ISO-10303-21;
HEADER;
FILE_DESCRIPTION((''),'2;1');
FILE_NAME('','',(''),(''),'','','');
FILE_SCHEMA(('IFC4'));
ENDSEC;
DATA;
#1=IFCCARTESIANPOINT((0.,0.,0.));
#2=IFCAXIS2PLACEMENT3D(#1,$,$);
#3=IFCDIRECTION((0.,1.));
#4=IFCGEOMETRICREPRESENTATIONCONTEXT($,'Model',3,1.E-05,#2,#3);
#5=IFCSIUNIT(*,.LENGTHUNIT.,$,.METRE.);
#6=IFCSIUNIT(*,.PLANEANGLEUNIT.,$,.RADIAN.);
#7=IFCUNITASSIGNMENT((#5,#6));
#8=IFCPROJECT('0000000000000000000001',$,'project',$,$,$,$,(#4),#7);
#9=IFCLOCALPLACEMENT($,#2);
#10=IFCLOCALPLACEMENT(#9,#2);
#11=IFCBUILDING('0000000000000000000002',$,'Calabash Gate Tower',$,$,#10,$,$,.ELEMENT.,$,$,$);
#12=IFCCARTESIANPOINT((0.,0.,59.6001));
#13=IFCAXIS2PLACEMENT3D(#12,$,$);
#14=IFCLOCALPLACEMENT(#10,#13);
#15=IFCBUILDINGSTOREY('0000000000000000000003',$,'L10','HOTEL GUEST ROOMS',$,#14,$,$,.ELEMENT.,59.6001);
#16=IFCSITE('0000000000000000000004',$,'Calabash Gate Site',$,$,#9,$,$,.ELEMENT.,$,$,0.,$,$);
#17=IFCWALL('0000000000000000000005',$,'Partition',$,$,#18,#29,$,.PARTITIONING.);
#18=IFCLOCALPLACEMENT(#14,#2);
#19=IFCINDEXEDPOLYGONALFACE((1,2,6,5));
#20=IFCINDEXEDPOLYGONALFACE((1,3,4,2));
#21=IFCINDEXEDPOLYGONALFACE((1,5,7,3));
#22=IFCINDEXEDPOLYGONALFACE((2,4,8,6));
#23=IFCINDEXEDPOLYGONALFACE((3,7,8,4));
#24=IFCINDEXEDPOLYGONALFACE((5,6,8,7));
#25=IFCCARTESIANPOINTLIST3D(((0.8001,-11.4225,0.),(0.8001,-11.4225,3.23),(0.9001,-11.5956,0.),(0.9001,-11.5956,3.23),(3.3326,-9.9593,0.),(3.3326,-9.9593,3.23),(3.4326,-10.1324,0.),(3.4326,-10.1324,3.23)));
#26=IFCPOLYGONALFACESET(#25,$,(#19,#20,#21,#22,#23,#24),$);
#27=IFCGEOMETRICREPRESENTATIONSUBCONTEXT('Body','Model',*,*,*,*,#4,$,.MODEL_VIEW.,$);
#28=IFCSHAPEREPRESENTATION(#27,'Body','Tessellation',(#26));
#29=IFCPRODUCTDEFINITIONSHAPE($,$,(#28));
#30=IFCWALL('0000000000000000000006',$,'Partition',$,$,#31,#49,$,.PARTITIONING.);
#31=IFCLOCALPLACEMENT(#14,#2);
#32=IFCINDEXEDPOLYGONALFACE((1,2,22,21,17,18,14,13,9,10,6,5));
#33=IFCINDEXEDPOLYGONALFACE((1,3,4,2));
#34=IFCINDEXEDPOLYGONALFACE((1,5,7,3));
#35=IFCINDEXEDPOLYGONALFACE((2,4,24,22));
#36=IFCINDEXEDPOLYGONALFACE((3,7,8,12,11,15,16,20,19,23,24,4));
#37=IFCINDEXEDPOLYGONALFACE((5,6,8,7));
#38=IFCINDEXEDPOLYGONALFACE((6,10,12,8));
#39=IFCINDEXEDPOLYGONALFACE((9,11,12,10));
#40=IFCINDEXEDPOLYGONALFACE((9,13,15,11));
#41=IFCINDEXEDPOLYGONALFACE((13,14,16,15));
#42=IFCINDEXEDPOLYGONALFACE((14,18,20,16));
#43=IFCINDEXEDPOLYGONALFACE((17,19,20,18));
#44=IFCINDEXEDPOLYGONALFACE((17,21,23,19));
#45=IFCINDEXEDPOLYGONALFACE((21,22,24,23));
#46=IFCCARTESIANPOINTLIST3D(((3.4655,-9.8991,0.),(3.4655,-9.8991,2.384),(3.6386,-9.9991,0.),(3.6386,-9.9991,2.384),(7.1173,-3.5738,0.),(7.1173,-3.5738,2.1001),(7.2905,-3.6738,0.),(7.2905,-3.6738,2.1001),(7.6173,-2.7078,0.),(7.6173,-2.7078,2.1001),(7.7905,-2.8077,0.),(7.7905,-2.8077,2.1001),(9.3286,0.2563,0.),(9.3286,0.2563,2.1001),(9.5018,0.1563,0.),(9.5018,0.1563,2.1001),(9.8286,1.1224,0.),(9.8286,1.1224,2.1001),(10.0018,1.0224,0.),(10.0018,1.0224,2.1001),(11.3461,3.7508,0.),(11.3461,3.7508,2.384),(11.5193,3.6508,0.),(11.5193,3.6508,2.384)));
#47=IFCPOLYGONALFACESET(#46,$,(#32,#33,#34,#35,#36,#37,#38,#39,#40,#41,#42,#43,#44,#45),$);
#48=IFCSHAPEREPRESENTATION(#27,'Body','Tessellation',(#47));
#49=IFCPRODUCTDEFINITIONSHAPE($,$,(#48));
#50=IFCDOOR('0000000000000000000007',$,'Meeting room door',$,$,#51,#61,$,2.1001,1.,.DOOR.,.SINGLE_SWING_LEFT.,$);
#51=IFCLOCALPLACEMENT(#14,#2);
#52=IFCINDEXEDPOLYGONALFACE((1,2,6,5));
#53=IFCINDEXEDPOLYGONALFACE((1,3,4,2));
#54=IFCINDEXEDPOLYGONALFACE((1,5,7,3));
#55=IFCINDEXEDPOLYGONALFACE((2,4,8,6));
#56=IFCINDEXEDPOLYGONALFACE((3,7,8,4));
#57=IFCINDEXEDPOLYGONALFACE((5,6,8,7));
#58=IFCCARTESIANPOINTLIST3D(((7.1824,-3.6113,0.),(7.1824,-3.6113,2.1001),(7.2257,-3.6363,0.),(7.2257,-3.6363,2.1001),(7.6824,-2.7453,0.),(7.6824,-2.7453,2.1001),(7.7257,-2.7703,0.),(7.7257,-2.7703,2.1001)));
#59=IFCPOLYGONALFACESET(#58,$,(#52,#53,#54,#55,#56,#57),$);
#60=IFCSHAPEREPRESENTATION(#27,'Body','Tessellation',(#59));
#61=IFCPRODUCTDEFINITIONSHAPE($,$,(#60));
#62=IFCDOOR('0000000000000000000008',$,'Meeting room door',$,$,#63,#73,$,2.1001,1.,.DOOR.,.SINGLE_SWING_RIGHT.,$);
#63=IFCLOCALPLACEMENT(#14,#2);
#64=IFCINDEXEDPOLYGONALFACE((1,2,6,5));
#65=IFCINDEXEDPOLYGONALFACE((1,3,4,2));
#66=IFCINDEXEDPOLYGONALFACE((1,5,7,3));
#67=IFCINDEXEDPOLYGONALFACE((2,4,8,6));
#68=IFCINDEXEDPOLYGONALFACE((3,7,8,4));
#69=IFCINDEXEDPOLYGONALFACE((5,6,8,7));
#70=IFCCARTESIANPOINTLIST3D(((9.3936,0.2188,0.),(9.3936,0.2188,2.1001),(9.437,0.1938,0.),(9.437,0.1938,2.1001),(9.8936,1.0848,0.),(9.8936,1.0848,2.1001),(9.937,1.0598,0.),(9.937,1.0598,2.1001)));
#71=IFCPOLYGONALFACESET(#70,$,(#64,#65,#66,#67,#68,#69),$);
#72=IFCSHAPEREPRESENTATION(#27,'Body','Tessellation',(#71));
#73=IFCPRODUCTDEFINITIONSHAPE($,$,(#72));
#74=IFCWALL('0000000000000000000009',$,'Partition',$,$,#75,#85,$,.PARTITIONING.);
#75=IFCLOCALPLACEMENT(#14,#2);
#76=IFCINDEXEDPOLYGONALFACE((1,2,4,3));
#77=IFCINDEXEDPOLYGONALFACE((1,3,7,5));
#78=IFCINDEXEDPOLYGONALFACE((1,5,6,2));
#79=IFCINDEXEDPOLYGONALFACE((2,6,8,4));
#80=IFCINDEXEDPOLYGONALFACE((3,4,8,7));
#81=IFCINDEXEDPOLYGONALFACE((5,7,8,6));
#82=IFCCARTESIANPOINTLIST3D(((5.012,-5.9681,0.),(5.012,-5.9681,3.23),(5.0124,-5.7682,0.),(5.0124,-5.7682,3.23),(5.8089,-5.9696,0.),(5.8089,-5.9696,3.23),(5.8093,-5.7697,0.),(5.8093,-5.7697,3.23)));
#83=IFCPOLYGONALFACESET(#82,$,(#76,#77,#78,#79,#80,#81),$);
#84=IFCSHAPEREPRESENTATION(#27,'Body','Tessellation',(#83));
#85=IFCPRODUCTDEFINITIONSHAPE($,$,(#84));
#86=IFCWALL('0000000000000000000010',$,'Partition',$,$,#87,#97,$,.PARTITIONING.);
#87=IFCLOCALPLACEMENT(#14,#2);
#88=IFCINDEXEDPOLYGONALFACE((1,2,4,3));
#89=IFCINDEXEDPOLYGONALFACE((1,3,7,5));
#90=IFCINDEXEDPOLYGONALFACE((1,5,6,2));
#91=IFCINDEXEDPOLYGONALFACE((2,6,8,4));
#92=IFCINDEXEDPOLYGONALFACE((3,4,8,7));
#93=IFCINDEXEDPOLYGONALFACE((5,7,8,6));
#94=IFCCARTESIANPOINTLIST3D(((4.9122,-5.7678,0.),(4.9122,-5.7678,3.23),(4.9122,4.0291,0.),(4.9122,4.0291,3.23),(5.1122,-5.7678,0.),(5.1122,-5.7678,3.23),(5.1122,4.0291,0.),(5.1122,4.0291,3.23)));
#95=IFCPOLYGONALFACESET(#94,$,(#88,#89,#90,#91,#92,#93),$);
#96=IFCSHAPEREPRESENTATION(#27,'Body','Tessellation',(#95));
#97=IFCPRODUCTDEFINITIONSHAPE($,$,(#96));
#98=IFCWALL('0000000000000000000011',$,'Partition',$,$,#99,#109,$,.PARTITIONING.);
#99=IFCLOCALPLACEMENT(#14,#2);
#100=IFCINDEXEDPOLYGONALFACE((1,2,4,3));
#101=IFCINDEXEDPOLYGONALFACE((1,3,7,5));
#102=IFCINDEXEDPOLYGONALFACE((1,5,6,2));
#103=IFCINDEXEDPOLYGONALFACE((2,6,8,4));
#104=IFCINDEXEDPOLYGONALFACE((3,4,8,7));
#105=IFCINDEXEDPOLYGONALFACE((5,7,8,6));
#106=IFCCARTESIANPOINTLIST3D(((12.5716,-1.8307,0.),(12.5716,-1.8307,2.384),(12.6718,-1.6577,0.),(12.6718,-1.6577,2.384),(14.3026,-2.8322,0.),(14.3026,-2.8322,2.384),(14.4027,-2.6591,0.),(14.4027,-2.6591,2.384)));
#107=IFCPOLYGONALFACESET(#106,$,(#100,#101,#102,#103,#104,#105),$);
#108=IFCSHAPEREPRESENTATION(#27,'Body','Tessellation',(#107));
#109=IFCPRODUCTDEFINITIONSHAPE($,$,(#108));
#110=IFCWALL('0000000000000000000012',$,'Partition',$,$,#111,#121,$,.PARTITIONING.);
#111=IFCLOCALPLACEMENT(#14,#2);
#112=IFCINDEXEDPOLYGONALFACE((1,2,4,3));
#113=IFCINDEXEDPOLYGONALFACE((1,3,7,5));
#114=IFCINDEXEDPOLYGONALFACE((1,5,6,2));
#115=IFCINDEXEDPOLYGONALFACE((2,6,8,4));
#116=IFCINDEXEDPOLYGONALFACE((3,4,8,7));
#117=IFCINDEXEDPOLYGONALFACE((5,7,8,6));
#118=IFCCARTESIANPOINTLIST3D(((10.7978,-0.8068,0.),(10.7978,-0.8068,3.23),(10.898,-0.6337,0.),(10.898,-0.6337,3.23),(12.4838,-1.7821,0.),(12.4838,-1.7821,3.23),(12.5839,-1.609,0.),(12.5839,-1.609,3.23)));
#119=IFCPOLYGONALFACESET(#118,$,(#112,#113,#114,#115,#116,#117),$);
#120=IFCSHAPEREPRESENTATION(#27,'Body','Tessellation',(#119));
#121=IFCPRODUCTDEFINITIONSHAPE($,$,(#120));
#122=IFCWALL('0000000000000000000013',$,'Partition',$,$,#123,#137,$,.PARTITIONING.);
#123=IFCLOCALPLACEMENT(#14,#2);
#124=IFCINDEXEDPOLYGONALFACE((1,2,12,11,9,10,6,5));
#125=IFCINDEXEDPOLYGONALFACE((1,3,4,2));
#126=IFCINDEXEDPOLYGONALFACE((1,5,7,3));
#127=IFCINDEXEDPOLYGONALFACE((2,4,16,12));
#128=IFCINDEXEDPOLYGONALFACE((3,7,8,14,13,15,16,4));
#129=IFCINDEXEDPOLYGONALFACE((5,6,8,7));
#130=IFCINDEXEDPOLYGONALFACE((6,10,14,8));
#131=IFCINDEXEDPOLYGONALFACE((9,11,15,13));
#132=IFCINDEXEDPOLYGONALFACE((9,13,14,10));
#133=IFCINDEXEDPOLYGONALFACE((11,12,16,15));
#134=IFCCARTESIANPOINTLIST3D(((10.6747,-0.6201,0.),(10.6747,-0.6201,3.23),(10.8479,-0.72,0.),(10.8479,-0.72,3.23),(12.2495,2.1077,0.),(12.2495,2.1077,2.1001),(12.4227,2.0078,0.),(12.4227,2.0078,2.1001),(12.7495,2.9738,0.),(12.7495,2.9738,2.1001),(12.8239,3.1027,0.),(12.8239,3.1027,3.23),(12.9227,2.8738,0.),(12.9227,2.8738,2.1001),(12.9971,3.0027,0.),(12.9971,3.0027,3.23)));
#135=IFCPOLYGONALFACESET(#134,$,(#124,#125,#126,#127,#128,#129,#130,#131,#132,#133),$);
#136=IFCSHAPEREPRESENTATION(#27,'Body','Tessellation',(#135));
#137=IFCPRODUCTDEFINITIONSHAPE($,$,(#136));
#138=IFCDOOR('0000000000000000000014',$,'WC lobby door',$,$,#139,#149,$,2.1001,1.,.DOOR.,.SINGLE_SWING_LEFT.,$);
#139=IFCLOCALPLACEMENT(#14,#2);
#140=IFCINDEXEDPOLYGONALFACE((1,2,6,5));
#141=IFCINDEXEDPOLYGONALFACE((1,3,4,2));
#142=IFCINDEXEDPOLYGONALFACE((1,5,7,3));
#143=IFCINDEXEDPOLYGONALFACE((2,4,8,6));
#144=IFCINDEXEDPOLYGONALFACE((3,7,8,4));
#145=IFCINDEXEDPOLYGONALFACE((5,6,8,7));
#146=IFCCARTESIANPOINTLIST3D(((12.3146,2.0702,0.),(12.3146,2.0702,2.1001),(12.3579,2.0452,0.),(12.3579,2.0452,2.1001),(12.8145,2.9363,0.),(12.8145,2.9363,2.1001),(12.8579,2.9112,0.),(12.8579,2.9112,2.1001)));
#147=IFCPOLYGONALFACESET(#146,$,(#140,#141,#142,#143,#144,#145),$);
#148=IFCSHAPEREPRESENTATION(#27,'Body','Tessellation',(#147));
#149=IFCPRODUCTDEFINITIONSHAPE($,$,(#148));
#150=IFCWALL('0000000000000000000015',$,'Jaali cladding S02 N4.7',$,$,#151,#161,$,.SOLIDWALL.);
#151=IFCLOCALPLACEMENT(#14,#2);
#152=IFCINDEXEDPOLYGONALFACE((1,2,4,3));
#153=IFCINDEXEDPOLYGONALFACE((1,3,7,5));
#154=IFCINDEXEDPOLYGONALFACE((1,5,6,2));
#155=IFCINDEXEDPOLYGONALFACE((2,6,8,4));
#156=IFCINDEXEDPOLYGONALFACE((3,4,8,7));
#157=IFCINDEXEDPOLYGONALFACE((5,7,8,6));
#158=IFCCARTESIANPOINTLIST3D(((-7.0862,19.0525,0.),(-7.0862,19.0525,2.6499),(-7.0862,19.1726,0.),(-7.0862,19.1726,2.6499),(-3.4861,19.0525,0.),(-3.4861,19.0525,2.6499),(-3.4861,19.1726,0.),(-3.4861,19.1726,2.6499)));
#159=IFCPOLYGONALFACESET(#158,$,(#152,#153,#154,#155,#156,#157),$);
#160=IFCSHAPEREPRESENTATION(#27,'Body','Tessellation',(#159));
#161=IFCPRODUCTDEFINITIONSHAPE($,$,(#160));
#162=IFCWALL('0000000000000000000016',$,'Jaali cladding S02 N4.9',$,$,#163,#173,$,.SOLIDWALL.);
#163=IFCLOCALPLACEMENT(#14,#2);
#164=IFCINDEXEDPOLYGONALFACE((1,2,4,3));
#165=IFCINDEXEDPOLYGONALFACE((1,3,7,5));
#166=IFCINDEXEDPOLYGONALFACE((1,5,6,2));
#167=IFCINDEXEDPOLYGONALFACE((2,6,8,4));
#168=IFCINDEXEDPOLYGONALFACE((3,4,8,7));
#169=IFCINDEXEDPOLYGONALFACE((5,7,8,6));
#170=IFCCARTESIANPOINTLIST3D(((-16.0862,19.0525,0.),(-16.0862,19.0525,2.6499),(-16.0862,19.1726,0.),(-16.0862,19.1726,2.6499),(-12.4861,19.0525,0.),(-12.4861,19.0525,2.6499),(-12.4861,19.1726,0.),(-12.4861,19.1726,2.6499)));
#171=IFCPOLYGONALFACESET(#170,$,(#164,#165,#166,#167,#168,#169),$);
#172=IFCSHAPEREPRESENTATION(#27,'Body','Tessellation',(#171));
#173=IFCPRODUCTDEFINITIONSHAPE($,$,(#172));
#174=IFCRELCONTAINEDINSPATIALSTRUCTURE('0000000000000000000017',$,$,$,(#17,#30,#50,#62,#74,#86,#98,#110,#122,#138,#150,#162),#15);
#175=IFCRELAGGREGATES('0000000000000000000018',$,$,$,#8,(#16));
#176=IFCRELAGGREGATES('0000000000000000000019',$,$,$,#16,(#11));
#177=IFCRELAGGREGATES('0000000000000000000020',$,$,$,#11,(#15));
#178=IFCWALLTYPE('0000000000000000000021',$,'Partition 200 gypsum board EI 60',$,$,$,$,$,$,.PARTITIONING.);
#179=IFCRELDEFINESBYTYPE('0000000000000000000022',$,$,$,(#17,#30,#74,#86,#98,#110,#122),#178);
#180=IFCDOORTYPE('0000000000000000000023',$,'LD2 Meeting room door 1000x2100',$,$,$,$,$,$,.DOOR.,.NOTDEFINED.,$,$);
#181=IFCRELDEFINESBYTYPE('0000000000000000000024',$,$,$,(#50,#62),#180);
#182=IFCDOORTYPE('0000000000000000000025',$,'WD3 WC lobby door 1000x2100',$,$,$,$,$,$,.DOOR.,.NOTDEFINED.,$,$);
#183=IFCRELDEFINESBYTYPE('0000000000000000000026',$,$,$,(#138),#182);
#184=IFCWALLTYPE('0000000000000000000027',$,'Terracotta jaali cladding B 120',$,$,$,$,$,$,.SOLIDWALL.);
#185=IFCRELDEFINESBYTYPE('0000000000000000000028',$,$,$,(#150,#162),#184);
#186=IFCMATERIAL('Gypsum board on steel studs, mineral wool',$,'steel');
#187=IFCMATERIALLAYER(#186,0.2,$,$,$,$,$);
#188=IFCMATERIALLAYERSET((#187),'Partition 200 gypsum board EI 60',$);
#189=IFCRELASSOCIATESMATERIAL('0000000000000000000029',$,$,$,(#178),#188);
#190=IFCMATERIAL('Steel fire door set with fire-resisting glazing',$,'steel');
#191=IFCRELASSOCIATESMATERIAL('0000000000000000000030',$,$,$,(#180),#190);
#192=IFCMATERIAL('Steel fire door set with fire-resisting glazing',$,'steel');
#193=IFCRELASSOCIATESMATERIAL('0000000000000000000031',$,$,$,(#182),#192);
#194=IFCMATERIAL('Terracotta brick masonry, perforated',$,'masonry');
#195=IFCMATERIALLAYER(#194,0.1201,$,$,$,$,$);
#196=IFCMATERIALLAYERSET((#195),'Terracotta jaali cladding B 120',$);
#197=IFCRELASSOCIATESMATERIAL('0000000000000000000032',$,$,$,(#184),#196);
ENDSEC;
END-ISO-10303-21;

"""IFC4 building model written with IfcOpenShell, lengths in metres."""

from ifc_helpers import new_model, si_unit, direction, frame, frame_2d, origin, place, context, subcontext, project, spatial, polyline, rectangle, outline, extrude, material, layer, layer_set, type_object, element, fill, save


model = new_model("IFC4")

# Units and contexts
model_context = context("Model", 3, precision=1e-05, world=origin(), true_north=direction((0.0, 1.0)))
body_context = subcontext(model_context, "Body", "Model", "MODEL_VIEW")
ifc_project = project(units=[si_unit("LENGTHUNIT", "METRE"), si_unit("PLANEANGLEUNIT", "RADIAN")], contexts=[model_context])

# Site, building, storey
site_placement = place(None, origin())
site = spatial("IfcSite", under=ifc_project, at=site_placement, Name="Calabash Gate Site", CompositionType="ELEMENT", RefElevation=0.0)
building_placement = place(site_placement, origin())
building = spatial("IfcBuilding", under=site, at=building_placement, Name="Calabash Gate Tower", CompositionType="ELEMENT")
storey_placement = place(building_placement, frame((0.0, 0.0, 59.6001)))
storey = spatial("IfcBuildingStorey", under=building, at=storey_placement, Name="L10", Description="HOTEL GUEST ROOMS", CompositionType="ELEMENT", Elevation=59.6001)

# Wall
ifc_material_1 = material(Name="Gypsum board on steel studs, mineral wool", Category="steel")
ifc_layer_1 = layer(ifc_material_1, 0.2)
ifc_layer_set_1 = layer_set([ifc_layer_1], Name="Partition 200 gypsum board EI 60")
wall_type_1 = type_object("IfcWallType", Name="Partition 200 gypsum board EI 60", PredefinedType="PARTITIONING", material=ifc_layer_set_1)
wall_1_placement = place(storey_placement, frame((0.8501, -11.509, 0.0), z_axis=(0.0, 0.0, 1.0), x_axis=(0.865876, 0.50026, 0.0)))
element("IfcWall", 1, at=wall_1_placement, inside=storey, type_object=wall_type_1, Name="Partition", PredefinedType="PARTITIONING", context=body_context, shape_type="SweptSolid", body=[
    extrude(rectangle(XDim=2.9248, YDim=0.2, at=frame_2d((1.4624, 0.0))), origin(), (0.0, 0.0, 1.0), 3.23),
])

# Wall, openings, doors
wall_2_placement = place(storey_placement, frame((3.552, -9.9492, 0.0), z_axis=(0.0, 0.0, 1.0), x_axis=(0.499992, 0.86603, 0.0)))
wall_2 = element("IfcWall", 2, at=wall_2_placement, inside=storey, type_object=wall_type_1, Name="Partition", PredefinedType="PARTITIONING", context=body_context, shape_type="SweptSolid", body=[
    extrude(rectangle(XDim=15.7615, YDim=0.2, at=frame_2d((7.8809, 0.0))), origin(), (0.0, 0.0, 1.0), 2.384),
])
opening_1_placement = place(wall_2_placement, frame((7.304, 0.0, 0.0)))
opening_1 = element("IfcOpeningElement", 3, at=opening_1_placement, cuts=wall_2, PredefinedType="OPENING", context=body_context, shape_type="SweptSolid", body=[
    extrude(rectangle(XDim=1.0, YDim=2.1001, at=frame_2d((0.5, 1.05))), frame((0.0, 0.1099, 0.0), z_axis=(0.0, -1.0, 0.0), x_axis=(1.0, 0.0, 0.0)), (0.0, 0.0, 1.0), 0.22),
])
opening_2_placement = place(wall_2_placement, frame((11.7266, 0.0, 0.0)))
opening_2 = element("IfcOpeningElement", 4, at=opening_2_placement, cuts=wall_2, PredefinedType="OPENING", context=body_context, shape_type="SweptSolid", body=[
    extrude(rectangle(XDim=1.0, YDim=2.1001, at=frame_2d((0.5, 1.05))), frame((0.0, 0.1099, 0.0), z_axis=(0.0, -1.0, 0.0), x_axis=(1.0, 0.0, 0.0)), (0.0, 0.0, 1.0), 0.22),
])
ifc_material_2 = material(Name="Steel fire door set with fire-resisting glazing", Category="steel")
door_type_1 = type_object("IfcDoorType", Name="LD2 Meeting room door 1000x2100", OperationType="NOTDEFINED", PredefinedType="DOOR", material=ifc_material_2)
door_1_placement = place(opening_1_placement, origin())
door_1 = element("IfcDoor", 5, at=door_1_placement, inside=storey, type_object=door_type_1, Name="Meeting room door", OperationType="SINGLE_SWING_LEFT", OverallHeight=2.1001, OverallWidth=1.0, PredefinedType="DOOR", context=body_context, shape_type="SweptSolid", body=[
    extrude(rectangle(XDim=1.0, YDim=2.1001, at=frame_2d((0.5, 1.05))), frame((0.0, 0.0249, 0.0), z_axis=(0.0, -1.0, 0.0), x_axis=(1.0, 0.0, 0.0)), (0.0, 0.0, 1.0), 0.05),
])
fill(opening_1, door_1)
door_2_placement = place(opening_2_placement, origin())
door_2 = element("IfcDoor", 6, at=door_2_placement, inside=storey, type_object=door_type_1, Name="Meeting room door", OperationType="SINGLE_SWING_RIGHT", OverallHeight=2.1001, OverallWidth=1.0, PredefinedType="DOOR", context=body_context, shape_type="SweptSolid", body=[
    extrude(rectangle(XDim=1.0, YDim=2.1001, at=frame_2d((0.5, 1.05))), frame((0.0, 0.0249, 0.0), z_axis=(0.0, -1.0, 0.0), x_axis=(1.0, 0.0, 0.0)), (0.0, 0.0, 1.0), 0.05),
])
fill(opening_2, door_2)

# Walls
wall_3_placement = place(storey_placement, frame((5.0122, -5.8682, 0.0), z_axis=(0.0, 0.0, 1.0), x_axis=(0.999998, -0.001838, 0.0)))
element("IfcWall", 7, at=wall_3_placement, inside=storey, type_object=wall_type_1, Name="Partition", PredefinedType="PARTITIONING", context=body_context, shape_type="SweptSolid", body=[
    extrude(rectangle(XDim=0.7969, YDim=0.2, at=frame_2d((0.3984, 0.0))), origin(), (0.0, 0.0, 1.0), 3.23),
])
wall_4_placement = place(storey_placement, frame((5.0122, -5.7678, 0.0), z_axis=(0.0, 0.0, 1.0), x_axis=(0.0, 1.0, 0.0)))
element("IfcWall", 8, at=wall_4_placement, inside=storey, type_object=wall_type_1, Name="Partition", PredefinedType="PARTITIONING", context=body_context, shape_type="SweptSolid", body=[
    extrude(rectangle(XDim=9.7969, YDim=0.2, at=frame_2d((4.8984, 0.0))), origin(), (0.0, 0.0, 1.0), 3.23),
])
wall_5_placement = place(storey_placement, frame((12.6216, -1.7441, 0.0), z_axis=(0.0, 0.0, 1.0), x_axis=(0.865571, -0.500786, 0.0)))
element("IfcWall", 9, at=wall_5_placement, inside=storey, type_object=wall_type_1, Name="Partition", PredefinedType="PARTITIONING", context=body_context, shape_type="SweptSolid", body=[
    extrude(rectangle(XDim=1.9998, YDim=0.2, at=frame_2d((1.0, 0.0))), origin(), (0.0, 0.0, 1.0), 2.384),
])
wall_6_placement = place(storey_placement, frame((10.8479, -0.7202, 0.0), z_axis=(0.0, 0.0, 1.0), x_axis=(0.865601, -0.500735, 0.0)))
element("IfcWall", 10, at=wall_6_placement, inside=storey, type_object=wall_type_1, Name="Partition", PredefinedType="PARTITIONING", context=body_context, shape_type="SweptSolid", body=[
    extrude(rectangle(XDim=1.9478, YDim=0.2, at=frame_2d((0.9739, 0.0))), origin(), (0.0, 0.0, 1.0), 3.23),
])

# Wall, opening, door
wall_7_placement = place(storey_placement, frame((10.7612, -0.6702, 0.0), z_axis=(0.0, 0.0, 1.0), x_axis=(0.499981, 0.866036, 0.0)))
wall_7 = element("IfcWall", 11, at=wall_7_placement, inside=storey, type_object=wall_type_1, Name="Partition", PredefinedType="PARTITIONING", context=body_context, shape_type="SweptSolid", body=[
    extrude(rectangle(XDim=4.2986, YDim=0.2, at=frame_2d((2.1494, 0.0))), origin(), (0.0, 0.0, 1.0), 3.23),
])
opening_3_placement = place(wall_7_placement, frame((3.1499, 0.0, 0.0)))
opening_3 = element("IfcOpeningElement", 12, at=opening_3_placement, cuts=wall_7, PredefinedType="OPENING", context=body_context, shape_type="SweptSolid", body=[
    extrude(rectangle(XDim=1.0, YDim=2.1001, at=frame_2d((0.5, 1.05))), frame((0.0, 0.1099, 0.0), z_axis=(0.0, -1.0, 0.0), x_axis=(1.0, 0.0, 0.0)), (0.0, 0.0, 1.0), 0.22),
])
ifc_material_3 = material(Name="Steel fire door set with fire-resisting glazing", Category="steel")
door_type_2 = type_object("IfcDoorType", Name="WD3 WC lobby door 1000x2100", OperationType="NOTDEFINED", PredefinedType="DOOR", material=ifc_material_3)
door_3_placement = place(opening_3_placement, origin())
door_3 = element("IfcDoor", 13, at=door_3_placement, inside=storey, type_object=door_type_2, Name="WC lobby door", OperationType="SINGLE_SWING_LEFT", OverallHeight=2.1001, OverallWidth=1.0, PredefinedType="DOOR", context=body_context, shape_type="SweptSolid", body=[
    extrude(rectangle(XDim=1.0, YDim=2.1001, at=frame_2d((0.5, 1.05))), frame((0.0, 0.0249, 0.0), z_axis=(0.0, -1.0, 0.0), x_axis=(1.0, 0.0, 0.0)), (0.0, 0.0, 1.0), 0.05),
])
fill(opening_3, door_3)

# Walls
ifc_material_4 = material(Name="Terracotta brick masonry, perforated", Category="masonry")
ifc_layer_2 = layer(ifc_material_4, 0.1201)
ifc_layer_set_2 = layer_set([ifc_layer_2], Name="Terracotta jaali cladding B 120")
wall_type_2 = type_object("IfcWallType", Name="Terracotta jaali cladding B 120", PredefinedType="SOLIDWALL", material=ifc_layer_set_2)
wall_8_placement = place(storey_placement, origin())
element("IfcWall", 14, at=wall_8_placement, inside=storey, type_object=wall_type_2, Name="Jaali cladding S02 N4.7", PredefinedType="SOLIDWALL", context=body_context, shape_type="SweptSolid", body=[
    extrude(outline(polyline([(-7.0862, 19.1726), (-7.0862, 19.0525), (-3.4861, 19.0525), (-3.4861, 19.1726), (-7.0862, 19.1726)])), origin(), (0.0, 0.0, 1.0), 2.6499),
])
wall_9_placement = place(storey_placement, origin())
element("IfcWall", 15, at=wall_9_placement, inside=storey, type_object=wall_type_2, Name="Jaali cladding S02 N4.9", PredefinedType="SOLIDWALL", context=body_context, shape_type="SweptSolid", body=[
    extrude(outline(polyline([(-16.0862, 19.1726), (-16.0862, 19.0525), (-12.4861, 19.0525), (-12.4861, 19.1726), (-16.0862, 19.1726)])), origin(), (0.0, 0.0, 1.0), 2.6499),
])

save(model, "model.ifc")
